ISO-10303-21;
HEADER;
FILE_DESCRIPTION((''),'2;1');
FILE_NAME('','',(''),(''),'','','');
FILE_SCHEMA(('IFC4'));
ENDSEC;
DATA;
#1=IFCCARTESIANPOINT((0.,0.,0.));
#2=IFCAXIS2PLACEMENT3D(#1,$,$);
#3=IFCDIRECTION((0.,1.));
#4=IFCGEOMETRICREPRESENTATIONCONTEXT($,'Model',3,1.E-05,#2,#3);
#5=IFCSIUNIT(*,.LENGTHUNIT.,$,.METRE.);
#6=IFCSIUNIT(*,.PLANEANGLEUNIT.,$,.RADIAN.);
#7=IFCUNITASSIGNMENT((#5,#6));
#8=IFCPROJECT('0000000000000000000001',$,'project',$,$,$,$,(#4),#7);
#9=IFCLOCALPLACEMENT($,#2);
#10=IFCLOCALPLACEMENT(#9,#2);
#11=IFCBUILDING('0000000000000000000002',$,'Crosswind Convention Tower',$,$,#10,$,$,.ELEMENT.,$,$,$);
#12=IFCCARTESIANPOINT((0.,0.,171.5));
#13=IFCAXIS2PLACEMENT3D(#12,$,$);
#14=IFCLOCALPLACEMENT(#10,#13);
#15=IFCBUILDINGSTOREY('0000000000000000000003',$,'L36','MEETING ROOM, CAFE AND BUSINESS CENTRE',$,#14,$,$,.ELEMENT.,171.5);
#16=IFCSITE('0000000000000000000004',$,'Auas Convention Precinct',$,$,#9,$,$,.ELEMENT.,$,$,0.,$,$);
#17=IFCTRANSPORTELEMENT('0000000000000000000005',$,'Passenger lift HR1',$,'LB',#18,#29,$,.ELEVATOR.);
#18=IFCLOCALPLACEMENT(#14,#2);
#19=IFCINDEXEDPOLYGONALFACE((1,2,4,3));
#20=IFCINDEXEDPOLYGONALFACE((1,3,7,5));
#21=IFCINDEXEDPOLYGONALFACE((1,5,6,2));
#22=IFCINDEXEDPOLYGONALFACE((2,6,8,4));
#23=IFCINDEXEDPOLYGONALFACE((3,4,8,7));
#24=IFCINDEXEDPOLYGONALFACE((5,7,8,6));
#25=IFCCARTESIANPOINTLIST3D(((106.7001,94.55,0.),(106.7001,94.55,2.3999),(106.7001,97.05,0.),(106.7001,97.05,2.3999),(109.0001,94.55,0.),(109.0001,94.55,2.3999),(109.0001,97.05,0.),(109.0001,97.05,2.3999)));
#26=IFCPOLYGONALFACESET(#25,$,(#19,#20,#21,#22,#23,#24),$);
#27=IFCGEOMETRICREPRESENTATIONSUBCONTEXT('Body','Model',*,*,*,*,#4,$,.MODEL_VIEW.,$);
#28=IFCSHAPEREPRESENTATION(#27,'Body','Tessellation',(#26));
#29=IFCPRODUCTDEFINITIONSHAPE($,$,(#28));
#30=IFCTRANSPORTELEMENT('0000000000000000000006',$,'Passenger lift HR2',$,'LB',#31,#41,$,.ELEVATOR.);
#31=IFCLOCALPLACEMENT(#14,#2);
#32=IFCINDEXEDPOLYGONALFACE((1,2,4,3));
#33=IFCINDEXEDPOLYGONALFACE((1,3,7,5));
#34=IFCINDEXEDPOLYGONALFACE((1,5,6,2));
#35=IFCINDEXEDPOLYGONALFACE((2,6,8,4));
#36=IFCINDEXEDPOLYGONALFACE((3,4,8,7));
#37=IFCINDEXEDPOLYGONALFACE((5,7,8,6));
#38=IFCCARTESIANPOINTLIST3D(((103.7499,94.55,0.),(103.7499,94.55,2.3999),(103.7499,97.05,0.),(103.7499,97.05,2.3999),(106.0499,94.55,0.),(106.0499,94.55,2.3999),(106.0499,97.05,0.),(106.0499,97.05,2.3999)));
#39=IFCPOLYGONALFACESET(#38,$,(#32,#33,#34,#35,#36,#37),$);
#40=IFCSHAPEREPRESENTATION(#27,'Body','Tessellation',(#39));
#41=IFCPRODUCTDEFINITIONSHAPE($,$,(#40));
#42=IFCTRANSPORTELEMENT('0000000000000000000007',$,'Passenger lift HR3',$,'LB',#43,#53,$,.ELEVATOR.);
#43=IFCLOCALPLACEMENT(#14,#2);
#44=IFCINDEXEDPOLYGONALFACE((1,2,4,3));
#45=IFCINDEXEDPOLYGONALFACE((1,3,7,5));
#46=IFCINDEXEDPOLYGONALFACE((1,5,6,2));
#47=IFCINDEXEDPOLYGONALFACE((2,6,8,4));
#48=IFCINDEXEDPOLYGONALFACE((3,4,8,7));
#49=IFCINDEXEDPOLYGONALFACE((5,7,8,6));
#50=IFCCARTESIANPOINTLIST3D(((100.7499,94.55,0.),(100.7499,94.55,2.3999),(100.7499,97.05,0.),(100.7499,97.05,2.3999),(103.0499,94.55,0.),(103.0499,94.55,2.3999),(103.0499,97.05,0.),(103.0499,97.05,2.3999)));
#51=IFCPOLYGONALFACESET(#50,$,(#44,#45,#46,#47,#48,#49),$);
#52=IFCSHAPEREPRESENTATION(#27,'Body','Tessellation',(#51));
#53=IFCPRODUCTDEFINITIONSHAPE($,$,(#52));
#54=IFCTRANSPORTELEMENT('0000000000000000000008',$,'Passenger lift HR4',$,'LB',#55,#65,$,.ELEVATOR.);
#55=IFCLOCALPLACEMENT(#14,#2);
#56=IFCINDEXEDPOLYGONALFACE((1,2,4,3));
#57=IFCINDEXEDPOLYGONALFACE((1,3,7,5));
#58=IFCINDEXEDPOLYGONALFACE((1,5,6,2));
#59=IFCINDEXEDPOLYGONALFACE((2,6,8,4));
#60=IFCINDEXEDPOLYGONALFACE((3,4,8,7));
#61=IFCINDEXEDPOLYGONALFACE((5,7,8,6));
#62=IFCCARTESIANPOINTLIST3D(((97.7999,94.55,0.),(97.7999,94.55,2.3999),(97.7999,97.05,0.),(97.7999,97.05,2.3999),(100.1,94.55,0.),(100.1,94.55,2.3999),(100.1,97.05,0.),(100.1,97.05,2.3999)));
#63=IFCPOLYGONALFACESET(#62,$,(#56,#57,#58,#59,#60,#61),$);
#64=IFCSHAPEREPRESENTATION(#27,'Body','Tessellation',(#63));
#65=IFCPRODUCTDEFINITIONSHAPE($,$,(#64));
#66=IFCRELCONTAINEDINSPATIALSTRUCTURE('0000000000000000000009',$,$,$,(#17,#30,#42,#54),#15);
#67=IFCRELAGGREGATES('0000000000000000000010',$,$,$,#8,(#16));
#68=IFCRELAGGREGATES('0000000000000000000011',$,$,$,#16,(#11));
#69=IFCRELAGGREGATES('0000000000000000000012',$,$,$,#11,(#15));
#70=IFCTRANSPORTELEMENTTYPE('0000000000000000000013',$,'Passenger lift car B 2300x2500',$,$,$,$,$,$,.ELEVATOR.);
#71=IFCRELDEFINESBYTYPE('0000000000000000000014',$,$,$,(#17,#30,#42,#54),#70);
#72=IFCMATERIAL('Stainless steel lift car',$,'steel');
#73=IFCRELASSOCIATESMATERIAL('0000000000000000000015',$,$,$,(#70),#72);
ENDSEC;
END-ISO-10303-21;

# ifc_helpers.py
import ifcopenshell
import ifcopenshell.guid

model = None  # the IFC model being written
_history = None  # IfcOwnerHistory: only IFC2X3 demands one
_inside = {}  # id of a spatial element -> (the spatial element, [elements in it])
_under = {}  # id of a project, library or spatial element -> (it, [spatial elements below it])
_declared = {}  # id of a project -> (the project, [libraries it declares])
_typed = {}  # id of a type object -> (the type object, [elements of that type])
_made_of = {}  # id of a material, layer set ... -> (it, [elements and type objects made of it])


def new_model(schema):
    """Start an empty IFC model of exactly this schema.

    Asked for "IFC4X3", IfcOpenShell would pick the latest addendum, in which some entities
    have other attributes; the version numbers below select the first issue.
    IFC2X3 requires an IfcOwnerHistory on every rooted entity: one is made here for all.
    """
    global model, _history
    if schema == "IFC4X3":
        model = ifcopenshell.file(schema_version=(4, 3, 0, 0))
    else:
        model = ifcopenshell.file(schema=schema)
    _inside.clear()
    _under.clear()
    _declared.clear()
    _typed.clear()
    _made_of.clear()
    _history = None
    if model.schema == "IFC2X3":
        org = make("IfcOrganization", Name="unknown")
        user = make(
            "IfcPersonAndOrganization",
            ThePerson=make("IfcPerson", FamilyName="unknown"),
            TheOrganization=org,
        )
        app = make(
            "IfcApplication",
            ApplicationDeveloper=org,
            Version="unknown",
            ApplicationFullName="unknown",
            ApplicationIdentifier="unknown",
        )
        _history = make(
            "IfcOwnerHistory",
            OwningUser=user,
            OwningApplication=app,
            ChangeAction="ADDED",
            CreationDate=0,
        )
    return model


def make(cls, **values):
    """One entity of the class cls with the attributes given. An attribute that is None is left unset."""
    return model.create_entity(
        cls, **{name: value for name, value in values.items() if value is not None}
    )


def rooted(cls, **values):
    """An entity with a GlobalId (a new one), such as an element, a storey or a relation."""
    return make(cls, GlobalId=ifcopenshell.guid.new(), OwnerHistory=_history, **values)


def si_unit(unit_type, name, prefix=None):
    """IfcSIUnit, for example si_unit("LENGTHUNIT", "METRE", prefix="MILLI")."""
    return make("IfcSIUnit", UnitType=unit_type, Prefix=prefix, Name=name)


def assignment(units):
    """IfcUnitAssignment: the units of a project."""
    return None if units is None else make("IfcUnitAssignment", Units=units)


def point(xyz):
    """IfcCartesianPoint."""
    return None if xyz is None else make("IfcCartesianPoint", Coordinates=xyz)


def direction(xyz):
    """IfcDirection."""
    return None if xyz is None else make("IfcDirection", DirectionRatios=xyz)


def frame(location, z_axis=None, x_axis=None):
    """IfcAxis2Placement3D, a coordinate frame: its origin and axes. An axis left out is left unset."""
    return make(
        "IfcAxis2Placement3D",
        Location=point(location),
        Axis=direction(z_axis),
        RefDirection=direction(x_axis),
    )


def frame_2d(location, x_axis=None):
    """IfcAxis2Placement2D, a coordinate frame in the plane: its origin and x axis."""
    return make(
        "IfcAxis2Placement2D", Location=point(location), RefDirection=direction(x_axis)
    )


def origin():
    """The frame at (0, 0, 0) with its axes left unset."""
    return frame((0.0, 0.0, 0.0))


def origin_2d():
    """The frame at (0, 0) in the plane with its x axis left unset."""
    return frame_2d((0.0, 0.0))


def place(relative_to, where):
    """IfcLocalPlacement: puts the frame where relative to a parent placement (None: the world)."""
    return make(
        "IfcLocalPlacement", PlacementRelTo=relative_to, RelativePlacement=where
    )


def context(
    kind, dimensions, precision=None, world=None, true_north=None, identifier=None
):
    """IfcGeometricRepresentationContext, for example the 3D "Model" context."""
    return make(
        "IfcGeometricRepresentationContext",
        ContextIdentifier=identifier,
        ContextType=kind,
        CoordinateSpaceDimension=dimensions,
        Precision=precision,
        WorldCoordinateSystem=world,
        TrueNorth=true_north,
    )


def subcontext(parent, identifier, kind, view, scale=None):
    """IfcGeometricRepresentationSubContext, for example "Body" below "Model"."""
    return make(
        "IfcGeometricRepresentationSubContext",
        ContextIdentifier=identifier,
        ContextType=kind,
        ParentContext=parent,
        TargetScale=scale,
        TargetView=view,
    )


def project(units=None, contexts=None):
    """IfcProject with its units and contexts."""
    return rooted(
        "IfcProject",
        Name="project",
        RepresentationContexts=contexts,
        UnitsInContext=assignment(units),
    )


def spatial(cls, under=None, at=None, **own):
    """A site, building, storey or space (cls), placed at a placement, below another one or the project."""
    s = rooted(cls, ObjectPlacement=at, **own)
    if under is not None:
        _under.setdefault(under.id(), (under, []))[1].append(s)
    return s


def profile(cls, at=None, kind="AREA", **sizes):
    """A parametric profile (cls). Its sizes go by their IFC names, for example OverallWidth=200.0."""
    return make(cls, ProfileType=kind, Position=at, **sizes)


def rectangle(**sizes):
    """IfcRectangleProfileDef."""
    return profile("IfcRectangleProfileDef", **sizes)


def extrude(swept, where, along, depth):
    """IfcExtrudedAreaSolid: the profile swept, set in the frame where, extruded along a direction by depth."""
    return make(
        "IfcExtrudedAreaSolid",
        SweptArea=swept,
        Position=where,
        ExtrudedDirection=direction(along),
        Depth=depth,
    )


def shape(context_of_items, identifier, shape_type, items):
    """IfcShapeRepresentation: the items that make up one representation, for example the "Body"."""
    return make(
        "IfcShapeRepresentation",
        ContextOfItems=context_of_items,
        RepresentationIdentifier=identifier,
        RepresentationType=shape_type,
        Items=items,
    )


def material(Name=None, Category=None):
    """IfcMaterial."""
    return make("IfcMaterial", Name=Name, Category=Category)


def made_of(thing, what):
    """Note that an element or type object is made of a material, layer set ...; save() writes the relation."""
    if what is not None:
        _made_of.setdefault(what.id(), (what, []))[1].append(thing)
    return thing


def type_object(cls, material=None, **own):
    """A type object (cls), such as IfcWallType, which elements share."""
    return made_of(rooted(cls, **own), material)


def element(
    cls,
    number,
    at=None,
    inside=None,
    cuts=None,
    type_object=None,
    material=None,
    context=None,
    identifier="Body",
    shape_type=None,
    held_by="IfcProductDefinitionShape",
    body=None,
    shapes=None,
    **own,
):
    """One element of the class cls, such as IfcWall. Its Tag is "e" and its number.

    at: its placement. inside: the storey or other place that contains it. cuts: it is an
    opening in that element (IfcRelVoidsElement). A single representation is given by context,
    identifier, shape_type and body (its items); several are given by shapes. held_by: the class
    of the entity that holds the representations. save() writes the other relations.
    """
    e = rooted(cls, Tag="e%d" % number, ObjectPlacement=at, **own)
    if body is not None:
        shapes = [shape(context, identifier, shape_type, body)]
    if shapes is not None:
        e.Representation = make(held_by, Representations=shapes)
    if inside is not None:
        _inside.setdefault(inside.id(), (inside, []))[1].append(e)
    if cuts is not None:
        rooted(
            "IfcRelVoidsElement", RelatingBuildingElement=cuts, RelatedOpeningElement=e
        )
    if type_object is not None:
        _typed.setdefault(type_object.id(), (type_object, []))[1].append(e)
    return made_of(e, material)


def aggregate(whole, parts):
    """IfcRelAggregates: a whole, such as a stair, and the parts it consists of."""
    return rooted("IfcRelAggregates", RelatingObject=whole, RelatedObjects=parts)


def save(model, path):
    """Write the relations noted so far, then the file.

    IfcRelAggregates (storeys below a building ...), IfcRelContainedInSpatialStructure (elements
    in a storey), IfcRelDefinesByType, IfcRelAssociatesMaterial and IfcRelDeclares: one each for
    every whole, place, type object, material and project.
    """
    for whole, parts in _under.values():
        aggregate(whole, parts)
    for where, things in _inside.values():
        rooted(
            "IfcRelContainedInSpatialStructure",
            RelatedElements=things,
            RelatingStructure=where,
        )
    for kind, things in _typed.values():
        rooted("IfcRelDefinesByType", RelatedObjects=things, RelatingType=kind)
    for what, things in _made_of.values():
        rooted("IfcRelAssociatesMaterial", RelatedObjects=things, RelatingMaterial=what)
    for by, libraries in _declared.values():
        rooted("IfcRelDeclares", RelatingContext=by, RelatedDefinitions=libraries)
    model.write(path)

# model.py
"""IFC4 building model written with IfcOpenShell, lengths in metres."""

from ifc_helpers import new_model, si_unit, direction, frame, origin, origin_2d, place, context, subcontext, project, spatial, rectangle, extrude, material, type_object, element, save


model = new_model("IFC4")

# Units and contexts
model_context = context("Model", 3, precision=1e-05, world=origin(), true_north=direction((0.0, 1.0)))
body_context = subcontext(model_context, "Body", "Model", "MODEL_VIEW")
ifc_project = project(units=[si_unit("LENGTHUNIT", "METRE"), si_unit("PLANEANGLEUNIT", "RADIAN")], contexts=[model_context])

# Site, building, storey
site_placement = place(None, origin())
site = spatial("IfcSite", under=ifc_project, at=site_placement, Name="Auas Convention Precinct", CompositionType="ELEMENT", RefElevation=0.0)
building_placement = place(site_placement, origin())
building = spatial("IfcBuilding", under=site, at=building_placement, Name="Crosswind Convention Tower", CompositionType="ELEMENT")
storey_placement = place(building_placement, frame((0.0, 0.0, 171.5)))
storey = spatial("IfcBuildingStorey", under=building, at=storey_placement, Name="L36", Description="MEETING ROOM, CAFE AND BUSINESS CENTRE", CompositionType="ELEMENT", Elevation=171.5)

# Transport elements
ifc_material_1 = material(Name="Stainless steel lift car", Category="steel")
transport_element_type = type_object("IfcTransportElementType", Name="Passenger lift car B 2300x2500", PredefinedType="ELEVATOR", material=ifc_material_1)
for number, where, z_axis, x_axis, name in (
    (1, (107.8501, 95.8, 0.0), (0.0, 0.0, 1.0), (1.0, 0.0, 0.0), "Passenger lift HR1"),
    (2, (104.8999, 95.8, 0.0), (0.0, 0.0, 1.0), (1.0, 0.0, 0.0), "Passenger lift HR2"),
    (3, (101.8999, 95.8, 0.0), (0.0, 0.0, 1.0), (1.0, 0.0, 0.0), "Passenger lift HR3"),
    (4, (98.95, 95.8, 0.0), (0.0, 0.0, 1.0), (1.0, 0.0, 0.0), "Passenger lift HR4"),
):
    element("IfcTransportElement", number, at=place(storey_placement, frame(where, z_axis=z_axis, x_axis=x_axis)), inside=storey, type_object=transport_element_type, Name=name, ObjectType="LB", PredefinedType="ELEVATOR", context=body_context, shape_type="SweptSolid", body=[
        extrude(rectangle(XDim=2.3, YDim=2.5, at=origin_2d()), origin(), (0.0, 0.0, 1.0), 2.3999),
    ])

save(model, "model.ifc")
